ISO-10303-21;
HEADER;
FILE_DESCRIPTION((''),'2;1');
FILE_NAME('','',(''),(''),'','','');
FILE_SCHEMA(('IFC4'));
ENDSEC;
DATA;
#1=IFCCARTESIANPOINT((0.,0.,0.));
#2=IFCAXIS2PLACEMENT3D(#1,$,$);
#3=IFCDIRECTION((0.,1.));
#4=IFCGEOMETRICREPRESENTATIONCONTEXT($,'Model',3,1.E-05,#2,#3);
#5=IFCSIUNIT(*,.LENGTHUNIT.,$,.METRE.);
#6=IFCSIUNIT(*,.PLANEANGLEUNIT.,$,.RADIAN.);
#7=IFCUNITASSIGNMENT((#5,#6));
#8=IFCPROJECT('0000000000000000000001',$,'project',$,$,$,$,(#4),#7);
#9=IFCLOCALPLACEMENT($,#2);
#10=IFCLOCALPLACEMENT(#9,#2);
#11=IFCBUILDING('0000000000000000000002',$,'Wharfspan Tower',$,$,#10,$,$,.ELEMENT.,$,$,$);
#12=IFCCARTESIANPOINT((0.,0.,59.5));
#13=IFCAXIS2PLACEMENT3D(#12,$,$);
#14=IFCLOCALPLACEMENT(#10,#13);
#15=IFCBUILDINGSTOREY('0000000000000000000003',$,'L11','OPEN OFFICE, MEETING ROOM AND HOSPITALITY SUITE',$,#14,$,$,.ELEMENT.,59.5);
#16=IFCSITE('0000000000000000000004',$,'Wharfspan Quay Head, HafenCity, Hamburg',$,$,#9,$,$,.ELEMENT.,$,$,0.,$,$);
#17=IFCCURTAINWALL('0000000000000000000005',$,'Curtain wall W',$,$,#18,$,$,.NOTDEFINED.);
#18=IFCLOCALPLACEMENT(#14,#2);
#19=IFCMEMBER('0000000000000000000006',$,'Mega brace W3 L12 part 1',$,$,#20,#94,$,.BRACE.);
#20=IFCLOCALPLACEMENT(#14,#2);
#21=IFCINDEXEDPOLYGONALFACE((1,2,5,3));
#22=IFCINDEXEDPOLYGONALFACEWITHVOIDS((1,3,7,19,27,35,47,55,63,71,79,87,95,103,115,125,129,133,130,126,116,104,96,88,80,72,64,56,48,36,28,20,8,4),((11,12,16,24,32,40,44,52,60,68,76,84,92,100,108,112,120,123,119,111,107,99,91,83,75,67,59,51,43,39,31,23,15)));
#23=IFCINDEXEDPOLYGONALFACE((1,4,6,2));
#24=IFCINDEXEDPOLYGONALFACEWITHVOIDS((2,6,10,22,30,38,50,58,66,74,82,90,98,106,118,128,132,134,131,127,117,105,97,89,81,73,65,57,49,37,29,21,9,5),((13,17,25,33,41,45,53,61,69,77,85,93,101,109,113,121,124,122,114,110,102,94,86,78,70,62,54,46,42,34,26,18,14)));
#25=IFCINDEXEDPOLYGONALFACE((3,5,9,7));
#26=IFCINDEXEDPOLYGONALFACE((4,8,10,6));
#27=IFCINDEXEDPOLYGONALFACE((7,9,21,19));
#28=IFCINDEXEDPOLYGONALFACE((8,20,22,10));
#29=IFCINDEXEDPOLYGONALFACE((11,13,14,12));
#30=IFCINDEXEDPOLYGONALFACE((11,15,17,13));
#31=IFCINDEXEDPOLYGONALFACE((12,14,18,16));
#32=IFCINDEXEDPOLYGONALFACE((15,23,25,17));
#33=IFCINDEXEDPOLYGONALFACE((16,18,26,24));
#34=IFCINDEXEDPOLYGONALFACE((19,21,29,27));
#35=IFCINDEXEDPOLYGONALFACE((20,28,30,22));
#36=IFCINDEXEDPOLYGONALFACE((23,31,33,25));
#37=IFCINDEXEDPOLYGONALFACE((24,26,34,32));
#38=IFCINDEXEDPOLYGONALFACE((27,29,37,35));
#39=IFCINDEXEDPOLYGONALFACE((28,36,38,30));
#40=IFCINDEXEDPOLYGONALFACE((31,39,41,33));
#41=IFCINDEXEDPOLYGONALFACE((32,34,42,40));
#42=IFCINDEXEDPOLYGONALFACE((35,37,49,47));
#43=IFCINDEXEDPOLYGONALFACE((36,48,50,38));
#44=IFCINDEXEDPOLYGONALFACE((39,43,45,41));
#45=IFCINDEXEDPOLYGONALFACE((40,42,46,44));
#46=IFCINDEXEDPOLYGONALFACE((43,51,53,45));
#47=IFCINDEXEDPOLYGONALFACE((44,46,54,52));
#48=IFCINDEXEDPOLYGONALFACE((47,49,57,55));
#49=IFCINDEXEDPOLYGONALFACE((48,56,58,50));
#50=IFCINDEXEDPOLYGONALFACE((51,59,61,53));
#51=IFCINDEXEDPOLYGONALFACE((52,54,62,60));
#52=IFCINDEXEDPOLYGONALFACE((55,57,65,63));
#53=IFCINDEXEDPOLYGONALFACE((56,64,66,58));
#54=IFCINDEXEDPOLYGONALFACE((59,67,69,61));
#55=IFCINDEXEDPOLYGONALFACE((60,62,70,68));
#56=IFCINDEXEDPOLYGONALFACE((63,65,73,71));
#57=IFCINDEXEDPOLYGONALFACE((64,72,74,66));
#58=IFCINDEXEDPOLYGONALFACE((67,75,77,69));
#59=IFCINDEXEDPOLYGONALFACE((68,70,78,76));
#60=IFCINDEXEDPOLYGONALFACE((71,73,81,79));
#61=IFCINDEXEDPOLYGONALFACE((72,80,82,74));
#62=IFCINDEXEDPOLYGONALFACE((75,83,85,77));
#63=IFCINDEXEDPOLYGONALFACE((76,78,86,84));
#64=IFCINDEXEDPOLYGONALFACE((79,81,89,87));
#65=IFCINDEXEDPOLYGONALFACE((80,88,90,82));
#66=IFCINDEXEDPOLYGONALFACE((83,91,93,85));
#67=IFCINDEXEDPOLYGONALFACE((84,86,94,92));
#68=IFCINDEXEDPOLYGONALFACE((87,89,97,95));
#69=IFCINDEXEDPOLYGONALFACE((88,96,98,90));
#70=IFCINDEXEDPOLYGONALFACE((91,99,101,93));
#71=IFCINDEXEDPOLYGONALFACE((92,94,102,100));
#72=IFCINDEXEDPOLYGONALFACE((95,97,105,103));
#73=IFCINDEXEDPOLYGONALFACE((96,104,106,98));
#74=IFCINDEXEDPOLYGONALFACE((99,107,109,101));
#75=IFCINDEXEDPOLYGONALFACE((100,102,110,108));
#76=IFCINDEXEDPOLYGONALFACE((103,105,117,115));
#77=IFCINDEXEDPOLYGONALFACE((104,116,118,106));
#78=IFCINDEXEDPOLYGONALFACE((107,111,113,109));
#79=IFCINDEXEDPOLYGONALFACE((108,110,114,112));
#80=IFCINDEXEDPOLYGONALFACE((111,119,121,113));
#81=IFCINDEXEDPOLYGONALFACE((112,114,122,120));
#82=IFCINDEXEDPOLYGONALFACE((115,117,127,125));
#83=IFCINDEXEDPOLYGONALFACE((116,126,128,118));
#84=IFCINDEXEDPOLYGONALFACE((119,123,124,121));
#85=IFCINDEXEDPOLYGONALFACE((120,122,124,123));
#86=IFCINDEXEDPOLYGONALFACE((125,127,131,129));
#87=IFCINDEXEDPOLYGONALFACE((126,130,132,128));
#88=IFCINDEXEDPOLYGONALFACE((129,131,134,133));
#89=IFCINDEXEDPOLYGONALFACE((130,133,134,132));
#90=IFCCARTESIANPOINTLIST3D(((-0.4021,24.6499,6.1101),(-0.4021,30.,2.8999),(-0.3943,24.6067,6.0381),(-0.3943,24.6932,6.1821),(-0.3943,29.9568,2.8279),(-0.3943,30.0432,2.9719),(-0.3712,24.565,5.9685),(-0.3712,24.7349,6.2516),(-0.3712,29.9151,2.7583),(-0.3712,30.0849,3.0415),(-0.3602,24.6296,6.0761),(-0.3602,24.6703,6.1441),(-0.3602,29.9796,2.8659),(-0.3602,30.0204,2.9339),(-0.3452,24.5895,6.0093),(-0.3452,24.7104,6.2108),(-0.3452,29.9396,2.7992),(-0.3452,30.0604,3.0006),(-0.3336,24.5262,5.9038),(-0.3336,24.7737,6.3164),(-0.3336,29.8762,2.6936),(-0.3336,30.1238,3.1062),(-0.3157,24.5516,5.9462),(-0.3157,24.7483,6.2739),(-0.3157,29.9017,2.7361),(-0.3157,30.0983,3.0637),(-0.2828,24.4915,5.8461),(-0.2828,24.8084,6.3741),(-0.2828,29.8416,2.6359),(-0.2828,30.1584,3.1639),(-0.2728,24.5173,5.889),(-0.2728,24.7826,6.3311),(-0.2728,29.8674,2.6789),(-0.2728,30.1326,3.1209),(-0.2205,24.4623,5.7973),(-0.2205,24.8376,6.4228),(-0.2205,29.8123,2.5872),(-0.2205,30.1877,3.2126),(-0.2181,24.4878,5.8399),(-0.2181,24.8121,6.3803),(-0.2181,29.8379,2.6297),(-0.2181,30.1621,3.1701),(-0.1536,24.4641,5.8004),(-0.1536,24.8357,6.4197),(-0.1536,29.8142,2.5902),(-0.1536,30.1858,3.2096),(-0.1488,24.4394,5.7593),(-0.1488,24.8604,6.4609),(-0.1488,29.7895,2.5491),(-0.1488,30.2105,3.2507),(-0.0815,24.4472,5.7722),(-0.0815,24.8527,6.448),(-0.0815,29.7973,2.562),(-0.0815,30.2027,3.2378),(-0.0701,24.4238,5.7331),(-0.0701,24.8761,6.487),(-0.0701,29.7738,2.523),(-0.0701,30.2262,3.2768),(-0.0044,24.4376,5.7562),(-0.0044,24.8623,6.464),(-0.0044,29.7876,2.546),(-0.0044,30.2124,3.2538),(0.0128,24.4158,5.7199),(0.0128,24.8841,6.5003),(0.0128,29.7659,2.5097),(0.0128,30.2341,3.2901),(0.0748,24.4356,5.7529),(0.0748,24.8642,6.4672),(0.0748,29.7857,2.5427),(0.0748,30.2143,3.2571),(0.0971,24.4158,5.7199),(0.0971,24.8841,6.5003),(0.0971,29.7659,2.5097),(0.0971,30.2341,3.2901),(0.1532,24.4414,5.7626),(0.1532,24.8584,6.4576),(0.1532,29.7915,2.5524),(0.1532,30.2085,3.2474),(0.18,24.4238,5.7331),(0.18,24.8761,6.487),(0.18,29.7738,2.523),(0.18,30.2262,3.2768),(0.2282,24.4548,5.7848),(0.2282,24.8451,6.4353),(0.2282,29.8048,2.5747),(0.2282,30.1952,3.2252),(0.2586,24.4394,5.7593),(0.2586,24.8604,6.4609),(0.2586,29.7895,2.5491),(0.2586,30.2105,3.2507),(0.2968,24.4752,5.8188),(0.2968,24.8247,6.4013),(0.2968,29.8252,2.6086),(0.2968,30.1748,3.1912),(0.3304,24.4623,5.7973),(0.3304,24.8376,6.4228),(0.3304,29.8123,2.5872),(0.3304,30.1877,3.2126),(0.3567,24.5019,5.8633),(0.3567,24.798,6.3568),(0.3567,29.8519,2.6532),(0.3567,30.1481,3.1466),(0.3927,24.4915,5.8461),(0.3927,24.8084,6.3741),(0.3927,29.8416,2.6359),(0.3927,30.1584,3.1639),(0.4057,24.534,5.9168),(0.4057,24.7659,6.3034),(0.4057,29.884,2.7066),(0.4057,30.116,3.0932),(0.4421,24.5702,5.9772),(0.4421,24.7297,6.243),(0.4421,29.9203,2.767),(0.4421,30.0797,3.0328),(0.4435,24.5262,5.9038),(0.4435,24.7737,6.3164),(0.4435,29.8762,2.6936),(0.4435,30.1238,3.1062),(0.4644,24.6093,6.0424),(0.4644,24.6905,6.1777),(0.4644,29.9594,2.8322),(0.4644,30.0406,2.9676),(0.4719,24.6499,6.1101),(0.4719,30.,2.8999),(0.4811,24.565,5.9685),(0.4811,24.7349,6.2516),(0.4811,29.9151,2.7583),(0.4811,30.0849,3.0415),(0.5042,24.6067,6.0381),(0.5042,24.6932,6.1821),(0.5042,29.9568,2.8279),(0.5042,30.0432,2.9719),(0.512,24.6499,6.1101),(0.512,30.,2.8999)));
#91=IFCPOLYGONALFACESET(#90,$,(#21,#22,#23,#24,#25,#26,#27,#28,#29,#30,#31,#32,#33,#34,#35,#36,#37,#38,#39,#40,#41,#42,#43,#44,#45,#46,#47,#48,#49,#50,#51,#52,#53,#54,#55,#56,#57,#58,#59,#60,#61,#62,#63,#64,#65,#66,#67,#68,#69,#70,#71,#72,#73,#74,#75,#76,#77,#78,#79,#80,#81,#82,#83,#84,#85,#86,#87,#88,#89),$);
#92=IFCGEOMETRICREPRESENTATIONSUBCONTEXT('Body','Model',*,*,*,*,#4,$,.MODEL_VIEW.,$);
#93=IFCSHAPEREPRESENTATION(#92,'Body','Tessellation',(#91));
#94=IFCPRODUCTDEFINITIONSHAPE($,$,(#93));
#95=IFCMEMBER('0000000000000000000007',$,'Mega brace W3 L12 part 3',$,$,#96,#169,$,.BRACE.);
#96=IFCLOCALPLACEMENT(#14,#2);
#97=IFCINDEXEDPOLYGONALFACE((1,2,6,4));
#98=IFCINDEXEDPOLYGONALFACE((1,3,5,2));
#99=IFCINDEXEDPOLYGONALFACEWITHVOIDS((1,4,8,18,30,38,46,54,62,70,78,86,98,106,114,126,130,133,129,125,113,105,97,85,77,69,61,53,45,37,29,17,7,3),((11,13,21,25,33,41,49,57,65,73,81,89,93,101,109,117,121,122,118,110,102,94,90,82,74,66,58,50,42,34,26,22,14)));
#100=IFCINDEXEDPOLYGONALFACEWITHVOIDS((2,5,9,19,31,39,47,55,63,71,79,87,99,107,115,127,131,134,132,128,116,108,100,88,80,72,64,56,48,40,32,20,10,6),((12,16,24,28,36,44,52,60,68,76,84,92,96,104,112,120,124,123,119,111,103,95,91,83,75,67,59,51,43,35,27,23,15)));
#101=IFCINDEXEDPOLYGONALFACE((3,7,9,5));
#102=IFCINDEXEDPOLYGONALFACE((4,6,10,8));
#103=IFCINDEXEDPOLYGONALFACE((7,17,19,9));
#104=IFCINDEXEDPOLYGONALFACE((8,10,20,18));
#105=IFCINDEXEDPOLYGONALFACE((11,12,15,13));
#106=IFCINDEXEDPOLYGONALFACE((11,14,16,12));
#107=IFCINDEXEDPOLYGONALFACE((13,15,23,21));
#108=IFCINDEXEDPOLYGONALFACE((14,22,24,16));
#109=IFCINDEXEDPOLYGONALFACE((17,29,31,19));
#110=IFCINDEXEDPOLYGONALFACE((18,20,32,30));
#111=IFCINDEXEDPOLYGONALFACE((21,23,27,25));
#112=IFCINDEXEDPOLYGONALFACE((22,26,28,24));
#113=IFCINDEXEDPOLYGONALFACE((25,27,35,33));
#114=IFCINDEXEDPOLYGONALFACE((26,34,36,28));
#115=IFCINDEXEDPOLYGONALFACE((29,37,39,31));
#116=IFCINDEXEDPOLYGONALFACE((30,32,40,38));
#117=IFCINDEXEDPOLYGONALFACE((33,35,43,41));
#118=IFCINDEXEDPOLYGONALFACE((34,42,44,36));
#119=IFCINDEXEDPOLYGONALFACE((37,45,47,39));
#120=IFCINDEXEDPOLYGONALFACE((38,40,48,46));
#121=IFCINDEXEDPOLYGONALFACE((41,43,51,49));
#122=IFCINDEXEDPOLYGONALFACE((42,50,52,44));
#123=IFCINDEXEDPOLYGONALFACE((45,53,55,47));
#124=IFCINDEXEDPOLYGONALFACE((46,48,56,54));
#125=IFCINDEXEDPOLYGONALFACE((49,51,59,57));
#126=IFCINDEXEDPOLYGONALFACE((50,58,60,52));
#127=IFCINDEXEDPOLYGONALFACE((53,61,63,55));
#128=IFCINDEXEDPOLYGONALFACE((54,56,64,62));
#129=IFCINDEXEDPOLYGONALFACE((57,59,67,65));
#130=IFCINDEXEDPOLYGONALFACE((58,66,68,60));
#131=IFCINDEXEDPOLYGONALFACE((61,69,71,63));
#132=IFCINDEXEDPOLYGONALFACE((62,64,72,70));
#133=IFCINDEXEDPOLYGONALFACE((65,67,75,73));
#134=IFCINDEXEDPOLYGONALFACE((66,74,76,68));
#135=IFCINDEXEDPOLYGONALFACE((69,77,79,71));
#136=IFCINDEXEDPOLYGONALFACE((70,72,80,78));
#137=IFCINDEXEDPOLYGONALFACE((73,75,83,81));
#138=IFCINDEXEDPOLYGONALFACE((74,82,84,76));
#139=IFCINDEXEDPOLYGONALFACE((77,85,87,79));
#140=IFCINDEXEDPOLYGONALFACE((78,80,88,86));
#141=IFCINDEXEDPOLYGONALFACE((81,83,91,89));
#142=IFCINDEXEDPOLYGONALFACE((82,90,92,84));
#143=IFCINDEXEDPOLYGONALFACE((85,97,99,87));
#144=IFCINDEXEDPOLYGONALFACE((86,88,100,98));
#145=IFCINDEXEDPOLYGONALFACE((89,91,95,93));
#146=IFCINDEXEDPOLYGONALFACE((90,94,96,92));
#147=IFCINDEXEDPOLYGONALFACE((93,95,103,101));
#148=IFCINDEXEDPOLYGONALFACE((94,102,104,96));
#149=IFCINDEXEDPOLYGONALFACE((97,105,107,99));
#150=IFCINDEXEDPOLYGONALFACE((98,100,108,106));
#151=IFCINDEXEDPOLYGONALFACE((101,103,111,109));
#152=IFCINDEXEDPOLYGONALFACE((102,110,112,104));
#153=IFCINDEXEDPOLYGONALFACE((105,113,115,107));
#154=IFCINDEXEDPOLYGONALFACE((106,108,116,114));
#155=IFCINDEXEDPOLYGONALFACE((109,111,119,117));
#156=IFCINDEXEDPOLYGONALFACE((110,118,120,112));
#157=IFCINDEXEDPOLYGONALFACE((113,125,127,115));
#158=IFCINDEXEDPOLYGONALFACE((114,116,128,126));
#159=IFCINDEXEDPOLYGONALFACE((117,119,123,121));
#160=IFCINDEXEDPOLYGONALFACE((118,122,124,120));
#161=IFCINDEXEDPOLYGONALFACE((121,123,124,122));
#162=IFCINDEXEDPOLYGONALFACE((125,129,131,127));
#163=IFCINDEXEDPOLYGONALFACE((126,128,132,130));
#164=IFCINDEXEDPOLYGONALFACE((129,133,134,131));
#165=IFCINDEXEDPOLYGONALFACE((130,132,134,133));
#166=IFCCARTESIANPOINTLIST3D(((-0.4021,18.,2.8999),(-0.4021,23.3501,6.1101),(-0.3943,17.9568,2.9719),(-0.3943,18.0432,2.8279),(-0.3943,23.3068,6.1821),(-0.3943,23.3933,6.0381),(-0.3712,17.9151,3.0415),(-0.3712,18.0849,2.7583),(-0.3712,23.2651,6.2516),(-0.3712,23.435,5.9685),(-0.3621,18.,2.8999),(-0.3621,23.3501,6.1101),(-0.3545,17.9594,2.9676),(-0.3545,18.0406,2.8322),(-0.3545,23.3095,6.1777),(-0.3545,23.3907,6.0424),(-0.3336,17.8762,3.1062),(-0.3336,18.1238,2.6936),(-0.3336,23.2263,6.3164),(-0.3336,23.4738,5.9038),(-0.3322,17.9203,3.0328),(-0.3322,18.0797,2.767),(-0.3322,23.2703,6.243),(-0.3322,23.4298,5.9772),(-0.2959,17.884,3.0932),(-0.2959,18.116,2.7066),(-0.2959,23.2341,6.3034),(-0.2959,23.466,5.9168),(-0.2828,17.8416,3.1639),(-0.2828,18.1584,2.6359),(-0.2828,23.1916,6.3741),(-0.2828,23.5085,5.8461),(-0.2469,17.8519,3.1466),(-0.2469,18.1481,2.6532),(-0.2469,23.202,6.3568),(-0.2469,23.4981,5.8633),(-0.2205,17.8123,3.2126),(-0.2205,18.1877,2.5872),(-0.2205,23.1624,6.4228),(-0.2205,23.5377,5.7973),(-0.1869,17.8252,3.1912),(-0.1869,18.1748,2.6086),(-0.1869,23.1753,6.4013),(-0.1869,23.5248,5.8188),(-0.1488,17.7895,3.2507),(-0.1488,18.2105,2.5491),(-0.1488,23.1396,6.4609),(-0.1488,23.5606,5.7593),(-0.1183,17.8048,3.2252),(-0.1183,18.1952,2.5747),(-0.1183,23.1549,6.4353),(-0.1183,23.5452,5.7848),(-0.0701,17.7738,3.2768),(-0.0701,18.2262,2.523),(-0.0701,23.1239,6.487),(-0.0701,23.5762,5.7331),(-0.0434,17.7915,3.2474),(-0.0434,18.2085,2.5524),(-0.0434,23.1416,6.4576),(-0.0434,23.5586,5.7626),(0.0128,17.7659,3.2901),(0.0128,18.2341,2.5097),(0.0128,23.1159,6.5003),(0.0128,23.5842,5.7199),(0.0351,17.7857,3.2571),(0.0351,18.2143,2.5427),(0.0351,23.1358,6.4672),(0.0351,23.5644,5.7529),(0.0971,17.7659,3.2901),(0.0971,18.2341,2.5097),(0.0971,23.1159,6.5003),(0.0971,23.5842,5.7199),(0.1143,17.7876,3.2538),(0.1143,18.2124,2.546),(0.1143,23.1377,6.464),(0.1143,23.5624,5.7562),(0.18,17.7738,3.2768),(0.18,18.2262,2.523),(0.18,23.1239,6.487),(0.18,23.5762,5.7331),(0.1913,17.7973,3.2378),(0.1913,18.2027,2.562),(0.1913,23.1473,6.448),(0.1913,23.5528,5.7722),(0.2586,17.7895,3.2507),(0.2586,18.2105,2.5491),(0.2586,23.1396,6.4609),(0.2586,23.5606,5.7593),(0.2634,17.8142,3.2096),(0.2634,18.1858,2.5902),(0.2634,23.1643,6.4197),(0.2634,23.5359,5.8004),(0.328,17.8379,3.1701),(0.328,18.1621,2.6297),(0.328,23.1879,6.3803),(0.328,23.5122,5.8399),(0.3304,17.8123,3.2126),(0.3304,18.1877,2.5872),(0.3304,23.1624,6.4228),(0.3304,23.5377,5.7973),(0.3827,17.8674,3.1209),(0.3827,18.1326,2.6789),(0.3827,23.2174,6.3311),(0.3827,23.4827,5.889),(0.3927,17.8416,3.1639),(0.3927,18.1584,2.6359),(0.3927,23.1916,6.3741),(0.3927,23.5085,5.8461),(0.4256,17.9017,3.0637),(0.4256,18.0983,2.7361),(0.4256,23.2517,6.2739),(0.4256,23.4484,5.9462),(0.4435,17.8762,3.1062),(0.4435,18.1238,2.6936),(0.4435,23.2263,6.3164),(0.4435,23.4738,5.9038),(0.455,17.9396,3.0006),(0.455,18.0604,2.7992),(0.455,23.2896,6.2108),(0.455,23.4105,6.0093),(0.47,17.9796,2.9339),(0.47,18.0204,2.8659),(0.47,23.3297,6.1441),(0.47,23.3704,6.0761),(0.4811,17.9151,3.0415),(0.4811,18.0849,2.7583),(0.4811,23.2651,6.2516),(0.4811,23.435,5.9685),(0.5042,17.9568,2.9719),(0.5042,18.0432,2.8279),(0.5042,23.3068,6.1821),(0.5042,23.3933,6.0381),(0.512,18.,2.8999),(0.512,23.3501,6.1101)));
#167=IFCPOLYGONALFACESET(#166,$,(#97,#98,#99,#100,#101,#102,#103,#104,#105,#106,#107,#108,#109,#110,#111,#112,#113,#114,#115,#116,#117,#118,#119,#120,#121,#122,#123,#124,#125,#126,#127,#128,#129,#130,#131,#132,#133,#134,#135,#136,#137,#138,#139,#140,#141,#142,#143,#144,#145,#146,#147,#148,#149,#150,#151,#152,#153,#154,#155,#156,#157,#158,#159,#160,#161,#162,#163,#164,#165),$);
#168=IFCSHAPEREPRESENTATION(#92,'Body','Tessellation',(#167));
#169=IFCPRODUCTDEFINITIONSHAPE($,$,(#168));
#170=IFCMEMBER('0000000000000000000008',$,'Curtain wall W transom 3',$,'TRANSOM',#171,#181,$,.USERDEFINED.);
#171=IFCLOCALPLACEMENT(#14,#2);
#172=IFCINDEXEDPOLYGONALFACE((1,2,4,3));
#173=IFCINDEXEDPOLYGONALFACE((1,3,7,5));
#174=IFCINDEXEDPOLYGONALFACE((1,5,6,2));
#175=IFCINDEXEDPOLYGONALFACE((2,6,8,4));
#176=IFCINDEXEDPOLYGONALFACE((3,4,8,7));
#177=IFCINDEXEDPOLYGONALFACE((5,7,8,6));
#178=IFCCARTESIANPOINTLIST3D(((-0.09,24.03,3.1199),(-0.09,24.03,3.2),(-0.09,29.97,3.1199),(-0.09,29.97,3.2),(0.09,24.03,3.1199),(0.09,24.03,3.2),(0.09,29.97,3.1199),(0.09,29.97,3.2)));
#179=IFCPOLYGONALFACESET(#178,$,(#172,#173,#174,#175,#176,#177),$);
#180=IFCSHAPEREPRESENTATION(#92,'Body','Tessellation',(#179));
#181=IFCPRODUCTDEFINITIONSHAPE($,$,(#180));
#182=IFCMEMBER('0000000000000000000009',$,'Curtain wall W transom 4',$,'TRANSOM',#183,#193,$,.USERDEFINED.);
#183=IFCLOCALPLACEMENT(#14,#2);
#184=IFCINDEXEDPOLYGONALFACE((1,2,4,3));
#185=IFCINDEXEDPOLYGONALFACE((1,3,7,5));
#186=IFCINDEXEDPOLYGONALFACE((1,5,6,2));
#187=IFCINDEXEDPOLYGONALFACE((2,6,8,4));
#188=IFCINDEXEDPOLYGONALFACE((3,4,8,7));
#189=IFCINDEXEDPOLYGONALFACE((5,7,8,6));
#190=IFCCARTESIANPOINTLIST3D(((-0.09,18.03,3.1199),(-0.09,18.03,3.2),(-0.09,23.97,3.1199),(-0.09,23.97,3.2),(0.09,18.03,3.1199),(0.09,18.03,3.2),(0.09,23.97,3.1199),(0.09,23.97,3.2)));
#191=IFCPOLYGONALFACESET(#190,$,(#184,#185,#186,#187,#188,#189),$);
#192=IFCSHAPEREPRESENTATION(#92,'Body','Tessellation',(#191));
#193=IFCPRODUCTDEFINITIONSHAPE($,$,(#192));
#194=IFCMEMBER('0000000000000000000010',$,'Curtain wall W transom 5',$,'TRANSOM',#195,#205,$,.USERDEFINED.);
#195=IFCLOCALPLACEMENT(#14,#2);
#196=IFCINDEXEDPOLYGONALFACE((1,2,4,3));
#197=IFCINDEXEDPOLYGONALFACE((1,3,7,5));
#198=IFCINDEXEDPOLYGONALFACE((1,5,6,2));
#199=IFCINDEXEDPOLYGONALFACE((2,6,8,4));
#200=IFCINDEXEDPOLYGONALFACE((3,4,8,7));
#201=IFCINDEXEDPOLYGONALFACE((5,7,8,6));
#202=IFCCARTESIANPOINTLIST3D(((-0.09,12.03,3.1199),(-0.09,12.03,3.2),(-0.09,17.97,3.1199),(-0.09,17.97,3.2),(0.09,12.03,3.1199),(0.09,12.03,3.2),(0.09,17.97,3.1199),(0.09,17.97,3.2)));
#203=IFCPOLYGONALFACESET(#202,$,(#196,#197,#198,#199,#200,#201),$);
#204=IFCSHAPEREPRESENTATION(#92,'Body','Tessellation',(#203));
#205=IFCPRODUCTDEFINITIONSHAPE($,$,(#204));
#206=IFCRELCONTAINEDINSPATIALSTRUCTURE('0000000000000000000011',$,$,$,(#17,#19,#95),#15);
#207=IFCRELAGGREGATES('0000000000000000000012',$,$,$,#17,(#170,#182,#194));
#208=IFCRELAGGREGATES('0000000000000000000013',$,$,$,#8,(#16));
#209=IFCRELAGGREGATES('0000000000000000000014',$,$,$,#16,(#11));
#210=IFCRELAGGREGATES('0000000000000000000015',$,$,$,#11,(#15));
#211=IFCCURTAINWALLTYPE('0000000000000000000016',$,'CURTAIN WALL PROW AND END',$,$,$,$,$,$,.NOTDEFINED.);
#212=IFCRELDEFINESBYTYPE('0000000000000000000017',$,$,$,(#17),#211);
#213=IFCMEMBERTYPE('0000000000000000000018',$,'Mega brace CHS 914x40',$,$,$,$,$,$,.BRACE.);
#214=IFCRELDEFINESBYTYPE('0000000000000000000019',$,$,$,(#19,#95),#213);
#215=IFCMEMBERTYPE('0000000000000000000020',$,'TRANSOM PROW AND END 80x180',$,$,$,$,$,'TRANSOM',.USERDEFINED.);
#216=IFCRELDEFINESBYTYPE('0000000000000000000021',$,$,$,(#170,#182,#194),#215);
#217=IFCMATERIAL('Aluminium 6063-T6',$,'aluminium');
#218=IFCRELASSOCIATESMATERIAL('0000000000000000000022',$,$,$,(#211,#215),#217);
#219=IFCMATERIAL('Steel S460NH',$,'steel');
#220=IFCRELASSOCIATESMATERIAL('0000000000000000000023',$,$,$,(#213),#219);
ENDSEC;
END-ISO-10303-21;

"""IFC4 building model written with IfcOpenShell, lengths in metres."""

from ifc_helpers import new_model, si_unit, direction, frame, origin, origin_2d, place, context, subcontext, project, spatial, rectangle, hollow_circle, extrude, material, material_profile, profile_set, type_object, element, aggregate, save


model = new_model("IFC4")

# Units and contexts
model_context = context("Model", 3, precision=1e-05, world=origin(), true_north=direction((0.0, 1.0)))
body_context = subcontext(model_context, "Body", "Model", "MODEL_VIEW")
ifc_project = project(units=[si_unit("LENGTHUNIT", "METRE"), si_unit("PLANEANGLEUNIT", "RADIAN")], contexts=[model_context])

# Site, building, storey
site_placement = place(None, origin())
site = spatial("IfcSite", under=ifc_project, at=site_placement, Name="Wharfspan Quay Head, HafenCity, Hamburg", CompositionType="ELEMENT", RefElevation=0.0)
building_placement = place(site_placement, origin())
building = spatial("IfcBuilding", under=site, at=building_placement, Name="Wharfspan Tower", CompositionType="ELEMENT")
storey_placement = place(building_placement, frame((0.0, 0.0, 59.5)))
storey = spatial("IfcBuildingStorey", under=building, at=storey_placement, Name="L11", Description="OPEN OFFICE, MEETING ROOM AND HOSPITALITY SUITE", CompositionType="ELEMENT", Elevation=59.5)

# Curtain wall
ifc_material_1 = material(Name="Aluminium 6063-T6", Category="aluminium")
curtain_wall_type = type_object("IfcCurtainWallType", Name="CURTAIN WALL PROW AND END", PredefinedType="NOTDEFINED", material=ifc_material_1)
curtain_wall_placement = place(storey_placement, origin())
curtain_wall = element("IfcCurtainWall", 1, at=curtain_wall_placement, inside=storey, type_object=curtain_wall_type, Name="Curtain wall W", PredefinedType="NOTDEFINED")

# Members
ifc_material_2 = material(Name="Steel S460NH", Category="steel")
ifc_material_profile_1 = material_profile(ifc_material_2, hollow_circle(Radius=0.457, WallThickness=0.04, at=origin_2d()))
ifc_profile_set_1 = profile_set([ifc_material_profile_1], Name="Steel S460NH")
member_type_1 = type_object("IfcMemberType", Name="Mega brace CHS 914x40", PredefinedType="BRACE", material=ifc_profile_set_1)
for number, where, z_axis, x_axis, name in (
    (2, (0.0549, 30.0, 2.8999), (0.0, -0.857483, 0.514513), (1.0, 0.0, 0.0), "Mega brace W3 L12 part 1"),
    (3, (0.0549, 18.0, 2.8999), (0.0, 0.857483, 0.514513), (-1.0, 0.0, 0.0), "Mega brace W3 L12 part 3"),
):
    element("IfcMember", number, at=place(storey_placement, frame(where, z_axis=z_axis, x_axis=x_axis)), inside=storey, type_object=member_type_1, Name=name, PredefinedType="BRACE", context=body_context, shape_type="SweptSolid", body=[
        extrude(hollow_circle(Radius=0.457, WallThickness=0.04, at=origin_2d()), origin(), (0.0, 0.0, 1.0), 6.2393),
    ])

# Members
ifc_material_profile_2 = material_profile(ifc_material_1, rectangle(XDim=0.1799, YDim=0.0801, at=origin_2d()))
ifc_profile_set_2 = profile_set([ifc_material_profile_2], Name="Aluminium 6063-T6")
member_type_2 = type_object("IfcMemberType", Name="TRANSOM PROW AND END 80x180", ElementType="TRANSOM", PredefinedType="USERDEFINED", material=ifc_profile_set_2)
member_1_placement = place(storey_placement, frame((0.0, 29.97, 3.1599), z_axis=(0.0, -1.0, 0.0), x_axis=(1.0, 0.0, 0.0)))
member_1 = element("IfcMember", 4, at=member_1_placement, type_object=member_type_2, Name="Curtain wall W transom 3", ObjectType="TRANSOM", PredefinedType="USERDEFINED", context=body_context, shape_type="SweptSolid", body=[
    extrude(rectangle(XDim=0.1799, YDim=0.0801, at=origin_2d()), origin(), (0.0, 0.0, 1.0), 5.9399),
])
member_2_placement = place(storey_placement, frame((0.0, 23.97, 3.1599), z_axis=(0.0, -1.0, 0.0), x_axis=(1.0, 0.0, 0.0)))
member_2 = element("IfcMember", 5, at=member_2_placement, type_object=member_type_2, Name="Curtain wall W transom 4", ObjectType="TRANSOM", PredefinedType="USERDEFINED", context=body_context, shape_type="SweptSolid", body=[
    extrude(rectangle(XDim=0.1799, YDim=0.0801, at=origin_2d()), origin(), (0.0, 0.0, 1.0), 5.9399),
])
member_3_placement = place(storey_placement, frame((0.0, 17.97, 3.1599), z_axis=(0.0, -1.0, 0.0), x_axis=(1.0, 0.0, 0.0)))
member_3 = element("IfcMember", 6, at=member_3_placement, type_object=member_type_2, Name="Curtain wall W transom 5", ObjectType="TRANSOM", PredefinedType="USERDEFINED", context=body_context, shape_type="SweptSolid", body=[
    extrude(rectangle(XDim=0.1799, YDim=0.0801, at=origin_2d()), origin(), (0.0, 0.0, 1.0), 5.9399),
])

aggregate(curtain_wall, [member_1, member_2, member_3])

save(model, "model.ifc")
